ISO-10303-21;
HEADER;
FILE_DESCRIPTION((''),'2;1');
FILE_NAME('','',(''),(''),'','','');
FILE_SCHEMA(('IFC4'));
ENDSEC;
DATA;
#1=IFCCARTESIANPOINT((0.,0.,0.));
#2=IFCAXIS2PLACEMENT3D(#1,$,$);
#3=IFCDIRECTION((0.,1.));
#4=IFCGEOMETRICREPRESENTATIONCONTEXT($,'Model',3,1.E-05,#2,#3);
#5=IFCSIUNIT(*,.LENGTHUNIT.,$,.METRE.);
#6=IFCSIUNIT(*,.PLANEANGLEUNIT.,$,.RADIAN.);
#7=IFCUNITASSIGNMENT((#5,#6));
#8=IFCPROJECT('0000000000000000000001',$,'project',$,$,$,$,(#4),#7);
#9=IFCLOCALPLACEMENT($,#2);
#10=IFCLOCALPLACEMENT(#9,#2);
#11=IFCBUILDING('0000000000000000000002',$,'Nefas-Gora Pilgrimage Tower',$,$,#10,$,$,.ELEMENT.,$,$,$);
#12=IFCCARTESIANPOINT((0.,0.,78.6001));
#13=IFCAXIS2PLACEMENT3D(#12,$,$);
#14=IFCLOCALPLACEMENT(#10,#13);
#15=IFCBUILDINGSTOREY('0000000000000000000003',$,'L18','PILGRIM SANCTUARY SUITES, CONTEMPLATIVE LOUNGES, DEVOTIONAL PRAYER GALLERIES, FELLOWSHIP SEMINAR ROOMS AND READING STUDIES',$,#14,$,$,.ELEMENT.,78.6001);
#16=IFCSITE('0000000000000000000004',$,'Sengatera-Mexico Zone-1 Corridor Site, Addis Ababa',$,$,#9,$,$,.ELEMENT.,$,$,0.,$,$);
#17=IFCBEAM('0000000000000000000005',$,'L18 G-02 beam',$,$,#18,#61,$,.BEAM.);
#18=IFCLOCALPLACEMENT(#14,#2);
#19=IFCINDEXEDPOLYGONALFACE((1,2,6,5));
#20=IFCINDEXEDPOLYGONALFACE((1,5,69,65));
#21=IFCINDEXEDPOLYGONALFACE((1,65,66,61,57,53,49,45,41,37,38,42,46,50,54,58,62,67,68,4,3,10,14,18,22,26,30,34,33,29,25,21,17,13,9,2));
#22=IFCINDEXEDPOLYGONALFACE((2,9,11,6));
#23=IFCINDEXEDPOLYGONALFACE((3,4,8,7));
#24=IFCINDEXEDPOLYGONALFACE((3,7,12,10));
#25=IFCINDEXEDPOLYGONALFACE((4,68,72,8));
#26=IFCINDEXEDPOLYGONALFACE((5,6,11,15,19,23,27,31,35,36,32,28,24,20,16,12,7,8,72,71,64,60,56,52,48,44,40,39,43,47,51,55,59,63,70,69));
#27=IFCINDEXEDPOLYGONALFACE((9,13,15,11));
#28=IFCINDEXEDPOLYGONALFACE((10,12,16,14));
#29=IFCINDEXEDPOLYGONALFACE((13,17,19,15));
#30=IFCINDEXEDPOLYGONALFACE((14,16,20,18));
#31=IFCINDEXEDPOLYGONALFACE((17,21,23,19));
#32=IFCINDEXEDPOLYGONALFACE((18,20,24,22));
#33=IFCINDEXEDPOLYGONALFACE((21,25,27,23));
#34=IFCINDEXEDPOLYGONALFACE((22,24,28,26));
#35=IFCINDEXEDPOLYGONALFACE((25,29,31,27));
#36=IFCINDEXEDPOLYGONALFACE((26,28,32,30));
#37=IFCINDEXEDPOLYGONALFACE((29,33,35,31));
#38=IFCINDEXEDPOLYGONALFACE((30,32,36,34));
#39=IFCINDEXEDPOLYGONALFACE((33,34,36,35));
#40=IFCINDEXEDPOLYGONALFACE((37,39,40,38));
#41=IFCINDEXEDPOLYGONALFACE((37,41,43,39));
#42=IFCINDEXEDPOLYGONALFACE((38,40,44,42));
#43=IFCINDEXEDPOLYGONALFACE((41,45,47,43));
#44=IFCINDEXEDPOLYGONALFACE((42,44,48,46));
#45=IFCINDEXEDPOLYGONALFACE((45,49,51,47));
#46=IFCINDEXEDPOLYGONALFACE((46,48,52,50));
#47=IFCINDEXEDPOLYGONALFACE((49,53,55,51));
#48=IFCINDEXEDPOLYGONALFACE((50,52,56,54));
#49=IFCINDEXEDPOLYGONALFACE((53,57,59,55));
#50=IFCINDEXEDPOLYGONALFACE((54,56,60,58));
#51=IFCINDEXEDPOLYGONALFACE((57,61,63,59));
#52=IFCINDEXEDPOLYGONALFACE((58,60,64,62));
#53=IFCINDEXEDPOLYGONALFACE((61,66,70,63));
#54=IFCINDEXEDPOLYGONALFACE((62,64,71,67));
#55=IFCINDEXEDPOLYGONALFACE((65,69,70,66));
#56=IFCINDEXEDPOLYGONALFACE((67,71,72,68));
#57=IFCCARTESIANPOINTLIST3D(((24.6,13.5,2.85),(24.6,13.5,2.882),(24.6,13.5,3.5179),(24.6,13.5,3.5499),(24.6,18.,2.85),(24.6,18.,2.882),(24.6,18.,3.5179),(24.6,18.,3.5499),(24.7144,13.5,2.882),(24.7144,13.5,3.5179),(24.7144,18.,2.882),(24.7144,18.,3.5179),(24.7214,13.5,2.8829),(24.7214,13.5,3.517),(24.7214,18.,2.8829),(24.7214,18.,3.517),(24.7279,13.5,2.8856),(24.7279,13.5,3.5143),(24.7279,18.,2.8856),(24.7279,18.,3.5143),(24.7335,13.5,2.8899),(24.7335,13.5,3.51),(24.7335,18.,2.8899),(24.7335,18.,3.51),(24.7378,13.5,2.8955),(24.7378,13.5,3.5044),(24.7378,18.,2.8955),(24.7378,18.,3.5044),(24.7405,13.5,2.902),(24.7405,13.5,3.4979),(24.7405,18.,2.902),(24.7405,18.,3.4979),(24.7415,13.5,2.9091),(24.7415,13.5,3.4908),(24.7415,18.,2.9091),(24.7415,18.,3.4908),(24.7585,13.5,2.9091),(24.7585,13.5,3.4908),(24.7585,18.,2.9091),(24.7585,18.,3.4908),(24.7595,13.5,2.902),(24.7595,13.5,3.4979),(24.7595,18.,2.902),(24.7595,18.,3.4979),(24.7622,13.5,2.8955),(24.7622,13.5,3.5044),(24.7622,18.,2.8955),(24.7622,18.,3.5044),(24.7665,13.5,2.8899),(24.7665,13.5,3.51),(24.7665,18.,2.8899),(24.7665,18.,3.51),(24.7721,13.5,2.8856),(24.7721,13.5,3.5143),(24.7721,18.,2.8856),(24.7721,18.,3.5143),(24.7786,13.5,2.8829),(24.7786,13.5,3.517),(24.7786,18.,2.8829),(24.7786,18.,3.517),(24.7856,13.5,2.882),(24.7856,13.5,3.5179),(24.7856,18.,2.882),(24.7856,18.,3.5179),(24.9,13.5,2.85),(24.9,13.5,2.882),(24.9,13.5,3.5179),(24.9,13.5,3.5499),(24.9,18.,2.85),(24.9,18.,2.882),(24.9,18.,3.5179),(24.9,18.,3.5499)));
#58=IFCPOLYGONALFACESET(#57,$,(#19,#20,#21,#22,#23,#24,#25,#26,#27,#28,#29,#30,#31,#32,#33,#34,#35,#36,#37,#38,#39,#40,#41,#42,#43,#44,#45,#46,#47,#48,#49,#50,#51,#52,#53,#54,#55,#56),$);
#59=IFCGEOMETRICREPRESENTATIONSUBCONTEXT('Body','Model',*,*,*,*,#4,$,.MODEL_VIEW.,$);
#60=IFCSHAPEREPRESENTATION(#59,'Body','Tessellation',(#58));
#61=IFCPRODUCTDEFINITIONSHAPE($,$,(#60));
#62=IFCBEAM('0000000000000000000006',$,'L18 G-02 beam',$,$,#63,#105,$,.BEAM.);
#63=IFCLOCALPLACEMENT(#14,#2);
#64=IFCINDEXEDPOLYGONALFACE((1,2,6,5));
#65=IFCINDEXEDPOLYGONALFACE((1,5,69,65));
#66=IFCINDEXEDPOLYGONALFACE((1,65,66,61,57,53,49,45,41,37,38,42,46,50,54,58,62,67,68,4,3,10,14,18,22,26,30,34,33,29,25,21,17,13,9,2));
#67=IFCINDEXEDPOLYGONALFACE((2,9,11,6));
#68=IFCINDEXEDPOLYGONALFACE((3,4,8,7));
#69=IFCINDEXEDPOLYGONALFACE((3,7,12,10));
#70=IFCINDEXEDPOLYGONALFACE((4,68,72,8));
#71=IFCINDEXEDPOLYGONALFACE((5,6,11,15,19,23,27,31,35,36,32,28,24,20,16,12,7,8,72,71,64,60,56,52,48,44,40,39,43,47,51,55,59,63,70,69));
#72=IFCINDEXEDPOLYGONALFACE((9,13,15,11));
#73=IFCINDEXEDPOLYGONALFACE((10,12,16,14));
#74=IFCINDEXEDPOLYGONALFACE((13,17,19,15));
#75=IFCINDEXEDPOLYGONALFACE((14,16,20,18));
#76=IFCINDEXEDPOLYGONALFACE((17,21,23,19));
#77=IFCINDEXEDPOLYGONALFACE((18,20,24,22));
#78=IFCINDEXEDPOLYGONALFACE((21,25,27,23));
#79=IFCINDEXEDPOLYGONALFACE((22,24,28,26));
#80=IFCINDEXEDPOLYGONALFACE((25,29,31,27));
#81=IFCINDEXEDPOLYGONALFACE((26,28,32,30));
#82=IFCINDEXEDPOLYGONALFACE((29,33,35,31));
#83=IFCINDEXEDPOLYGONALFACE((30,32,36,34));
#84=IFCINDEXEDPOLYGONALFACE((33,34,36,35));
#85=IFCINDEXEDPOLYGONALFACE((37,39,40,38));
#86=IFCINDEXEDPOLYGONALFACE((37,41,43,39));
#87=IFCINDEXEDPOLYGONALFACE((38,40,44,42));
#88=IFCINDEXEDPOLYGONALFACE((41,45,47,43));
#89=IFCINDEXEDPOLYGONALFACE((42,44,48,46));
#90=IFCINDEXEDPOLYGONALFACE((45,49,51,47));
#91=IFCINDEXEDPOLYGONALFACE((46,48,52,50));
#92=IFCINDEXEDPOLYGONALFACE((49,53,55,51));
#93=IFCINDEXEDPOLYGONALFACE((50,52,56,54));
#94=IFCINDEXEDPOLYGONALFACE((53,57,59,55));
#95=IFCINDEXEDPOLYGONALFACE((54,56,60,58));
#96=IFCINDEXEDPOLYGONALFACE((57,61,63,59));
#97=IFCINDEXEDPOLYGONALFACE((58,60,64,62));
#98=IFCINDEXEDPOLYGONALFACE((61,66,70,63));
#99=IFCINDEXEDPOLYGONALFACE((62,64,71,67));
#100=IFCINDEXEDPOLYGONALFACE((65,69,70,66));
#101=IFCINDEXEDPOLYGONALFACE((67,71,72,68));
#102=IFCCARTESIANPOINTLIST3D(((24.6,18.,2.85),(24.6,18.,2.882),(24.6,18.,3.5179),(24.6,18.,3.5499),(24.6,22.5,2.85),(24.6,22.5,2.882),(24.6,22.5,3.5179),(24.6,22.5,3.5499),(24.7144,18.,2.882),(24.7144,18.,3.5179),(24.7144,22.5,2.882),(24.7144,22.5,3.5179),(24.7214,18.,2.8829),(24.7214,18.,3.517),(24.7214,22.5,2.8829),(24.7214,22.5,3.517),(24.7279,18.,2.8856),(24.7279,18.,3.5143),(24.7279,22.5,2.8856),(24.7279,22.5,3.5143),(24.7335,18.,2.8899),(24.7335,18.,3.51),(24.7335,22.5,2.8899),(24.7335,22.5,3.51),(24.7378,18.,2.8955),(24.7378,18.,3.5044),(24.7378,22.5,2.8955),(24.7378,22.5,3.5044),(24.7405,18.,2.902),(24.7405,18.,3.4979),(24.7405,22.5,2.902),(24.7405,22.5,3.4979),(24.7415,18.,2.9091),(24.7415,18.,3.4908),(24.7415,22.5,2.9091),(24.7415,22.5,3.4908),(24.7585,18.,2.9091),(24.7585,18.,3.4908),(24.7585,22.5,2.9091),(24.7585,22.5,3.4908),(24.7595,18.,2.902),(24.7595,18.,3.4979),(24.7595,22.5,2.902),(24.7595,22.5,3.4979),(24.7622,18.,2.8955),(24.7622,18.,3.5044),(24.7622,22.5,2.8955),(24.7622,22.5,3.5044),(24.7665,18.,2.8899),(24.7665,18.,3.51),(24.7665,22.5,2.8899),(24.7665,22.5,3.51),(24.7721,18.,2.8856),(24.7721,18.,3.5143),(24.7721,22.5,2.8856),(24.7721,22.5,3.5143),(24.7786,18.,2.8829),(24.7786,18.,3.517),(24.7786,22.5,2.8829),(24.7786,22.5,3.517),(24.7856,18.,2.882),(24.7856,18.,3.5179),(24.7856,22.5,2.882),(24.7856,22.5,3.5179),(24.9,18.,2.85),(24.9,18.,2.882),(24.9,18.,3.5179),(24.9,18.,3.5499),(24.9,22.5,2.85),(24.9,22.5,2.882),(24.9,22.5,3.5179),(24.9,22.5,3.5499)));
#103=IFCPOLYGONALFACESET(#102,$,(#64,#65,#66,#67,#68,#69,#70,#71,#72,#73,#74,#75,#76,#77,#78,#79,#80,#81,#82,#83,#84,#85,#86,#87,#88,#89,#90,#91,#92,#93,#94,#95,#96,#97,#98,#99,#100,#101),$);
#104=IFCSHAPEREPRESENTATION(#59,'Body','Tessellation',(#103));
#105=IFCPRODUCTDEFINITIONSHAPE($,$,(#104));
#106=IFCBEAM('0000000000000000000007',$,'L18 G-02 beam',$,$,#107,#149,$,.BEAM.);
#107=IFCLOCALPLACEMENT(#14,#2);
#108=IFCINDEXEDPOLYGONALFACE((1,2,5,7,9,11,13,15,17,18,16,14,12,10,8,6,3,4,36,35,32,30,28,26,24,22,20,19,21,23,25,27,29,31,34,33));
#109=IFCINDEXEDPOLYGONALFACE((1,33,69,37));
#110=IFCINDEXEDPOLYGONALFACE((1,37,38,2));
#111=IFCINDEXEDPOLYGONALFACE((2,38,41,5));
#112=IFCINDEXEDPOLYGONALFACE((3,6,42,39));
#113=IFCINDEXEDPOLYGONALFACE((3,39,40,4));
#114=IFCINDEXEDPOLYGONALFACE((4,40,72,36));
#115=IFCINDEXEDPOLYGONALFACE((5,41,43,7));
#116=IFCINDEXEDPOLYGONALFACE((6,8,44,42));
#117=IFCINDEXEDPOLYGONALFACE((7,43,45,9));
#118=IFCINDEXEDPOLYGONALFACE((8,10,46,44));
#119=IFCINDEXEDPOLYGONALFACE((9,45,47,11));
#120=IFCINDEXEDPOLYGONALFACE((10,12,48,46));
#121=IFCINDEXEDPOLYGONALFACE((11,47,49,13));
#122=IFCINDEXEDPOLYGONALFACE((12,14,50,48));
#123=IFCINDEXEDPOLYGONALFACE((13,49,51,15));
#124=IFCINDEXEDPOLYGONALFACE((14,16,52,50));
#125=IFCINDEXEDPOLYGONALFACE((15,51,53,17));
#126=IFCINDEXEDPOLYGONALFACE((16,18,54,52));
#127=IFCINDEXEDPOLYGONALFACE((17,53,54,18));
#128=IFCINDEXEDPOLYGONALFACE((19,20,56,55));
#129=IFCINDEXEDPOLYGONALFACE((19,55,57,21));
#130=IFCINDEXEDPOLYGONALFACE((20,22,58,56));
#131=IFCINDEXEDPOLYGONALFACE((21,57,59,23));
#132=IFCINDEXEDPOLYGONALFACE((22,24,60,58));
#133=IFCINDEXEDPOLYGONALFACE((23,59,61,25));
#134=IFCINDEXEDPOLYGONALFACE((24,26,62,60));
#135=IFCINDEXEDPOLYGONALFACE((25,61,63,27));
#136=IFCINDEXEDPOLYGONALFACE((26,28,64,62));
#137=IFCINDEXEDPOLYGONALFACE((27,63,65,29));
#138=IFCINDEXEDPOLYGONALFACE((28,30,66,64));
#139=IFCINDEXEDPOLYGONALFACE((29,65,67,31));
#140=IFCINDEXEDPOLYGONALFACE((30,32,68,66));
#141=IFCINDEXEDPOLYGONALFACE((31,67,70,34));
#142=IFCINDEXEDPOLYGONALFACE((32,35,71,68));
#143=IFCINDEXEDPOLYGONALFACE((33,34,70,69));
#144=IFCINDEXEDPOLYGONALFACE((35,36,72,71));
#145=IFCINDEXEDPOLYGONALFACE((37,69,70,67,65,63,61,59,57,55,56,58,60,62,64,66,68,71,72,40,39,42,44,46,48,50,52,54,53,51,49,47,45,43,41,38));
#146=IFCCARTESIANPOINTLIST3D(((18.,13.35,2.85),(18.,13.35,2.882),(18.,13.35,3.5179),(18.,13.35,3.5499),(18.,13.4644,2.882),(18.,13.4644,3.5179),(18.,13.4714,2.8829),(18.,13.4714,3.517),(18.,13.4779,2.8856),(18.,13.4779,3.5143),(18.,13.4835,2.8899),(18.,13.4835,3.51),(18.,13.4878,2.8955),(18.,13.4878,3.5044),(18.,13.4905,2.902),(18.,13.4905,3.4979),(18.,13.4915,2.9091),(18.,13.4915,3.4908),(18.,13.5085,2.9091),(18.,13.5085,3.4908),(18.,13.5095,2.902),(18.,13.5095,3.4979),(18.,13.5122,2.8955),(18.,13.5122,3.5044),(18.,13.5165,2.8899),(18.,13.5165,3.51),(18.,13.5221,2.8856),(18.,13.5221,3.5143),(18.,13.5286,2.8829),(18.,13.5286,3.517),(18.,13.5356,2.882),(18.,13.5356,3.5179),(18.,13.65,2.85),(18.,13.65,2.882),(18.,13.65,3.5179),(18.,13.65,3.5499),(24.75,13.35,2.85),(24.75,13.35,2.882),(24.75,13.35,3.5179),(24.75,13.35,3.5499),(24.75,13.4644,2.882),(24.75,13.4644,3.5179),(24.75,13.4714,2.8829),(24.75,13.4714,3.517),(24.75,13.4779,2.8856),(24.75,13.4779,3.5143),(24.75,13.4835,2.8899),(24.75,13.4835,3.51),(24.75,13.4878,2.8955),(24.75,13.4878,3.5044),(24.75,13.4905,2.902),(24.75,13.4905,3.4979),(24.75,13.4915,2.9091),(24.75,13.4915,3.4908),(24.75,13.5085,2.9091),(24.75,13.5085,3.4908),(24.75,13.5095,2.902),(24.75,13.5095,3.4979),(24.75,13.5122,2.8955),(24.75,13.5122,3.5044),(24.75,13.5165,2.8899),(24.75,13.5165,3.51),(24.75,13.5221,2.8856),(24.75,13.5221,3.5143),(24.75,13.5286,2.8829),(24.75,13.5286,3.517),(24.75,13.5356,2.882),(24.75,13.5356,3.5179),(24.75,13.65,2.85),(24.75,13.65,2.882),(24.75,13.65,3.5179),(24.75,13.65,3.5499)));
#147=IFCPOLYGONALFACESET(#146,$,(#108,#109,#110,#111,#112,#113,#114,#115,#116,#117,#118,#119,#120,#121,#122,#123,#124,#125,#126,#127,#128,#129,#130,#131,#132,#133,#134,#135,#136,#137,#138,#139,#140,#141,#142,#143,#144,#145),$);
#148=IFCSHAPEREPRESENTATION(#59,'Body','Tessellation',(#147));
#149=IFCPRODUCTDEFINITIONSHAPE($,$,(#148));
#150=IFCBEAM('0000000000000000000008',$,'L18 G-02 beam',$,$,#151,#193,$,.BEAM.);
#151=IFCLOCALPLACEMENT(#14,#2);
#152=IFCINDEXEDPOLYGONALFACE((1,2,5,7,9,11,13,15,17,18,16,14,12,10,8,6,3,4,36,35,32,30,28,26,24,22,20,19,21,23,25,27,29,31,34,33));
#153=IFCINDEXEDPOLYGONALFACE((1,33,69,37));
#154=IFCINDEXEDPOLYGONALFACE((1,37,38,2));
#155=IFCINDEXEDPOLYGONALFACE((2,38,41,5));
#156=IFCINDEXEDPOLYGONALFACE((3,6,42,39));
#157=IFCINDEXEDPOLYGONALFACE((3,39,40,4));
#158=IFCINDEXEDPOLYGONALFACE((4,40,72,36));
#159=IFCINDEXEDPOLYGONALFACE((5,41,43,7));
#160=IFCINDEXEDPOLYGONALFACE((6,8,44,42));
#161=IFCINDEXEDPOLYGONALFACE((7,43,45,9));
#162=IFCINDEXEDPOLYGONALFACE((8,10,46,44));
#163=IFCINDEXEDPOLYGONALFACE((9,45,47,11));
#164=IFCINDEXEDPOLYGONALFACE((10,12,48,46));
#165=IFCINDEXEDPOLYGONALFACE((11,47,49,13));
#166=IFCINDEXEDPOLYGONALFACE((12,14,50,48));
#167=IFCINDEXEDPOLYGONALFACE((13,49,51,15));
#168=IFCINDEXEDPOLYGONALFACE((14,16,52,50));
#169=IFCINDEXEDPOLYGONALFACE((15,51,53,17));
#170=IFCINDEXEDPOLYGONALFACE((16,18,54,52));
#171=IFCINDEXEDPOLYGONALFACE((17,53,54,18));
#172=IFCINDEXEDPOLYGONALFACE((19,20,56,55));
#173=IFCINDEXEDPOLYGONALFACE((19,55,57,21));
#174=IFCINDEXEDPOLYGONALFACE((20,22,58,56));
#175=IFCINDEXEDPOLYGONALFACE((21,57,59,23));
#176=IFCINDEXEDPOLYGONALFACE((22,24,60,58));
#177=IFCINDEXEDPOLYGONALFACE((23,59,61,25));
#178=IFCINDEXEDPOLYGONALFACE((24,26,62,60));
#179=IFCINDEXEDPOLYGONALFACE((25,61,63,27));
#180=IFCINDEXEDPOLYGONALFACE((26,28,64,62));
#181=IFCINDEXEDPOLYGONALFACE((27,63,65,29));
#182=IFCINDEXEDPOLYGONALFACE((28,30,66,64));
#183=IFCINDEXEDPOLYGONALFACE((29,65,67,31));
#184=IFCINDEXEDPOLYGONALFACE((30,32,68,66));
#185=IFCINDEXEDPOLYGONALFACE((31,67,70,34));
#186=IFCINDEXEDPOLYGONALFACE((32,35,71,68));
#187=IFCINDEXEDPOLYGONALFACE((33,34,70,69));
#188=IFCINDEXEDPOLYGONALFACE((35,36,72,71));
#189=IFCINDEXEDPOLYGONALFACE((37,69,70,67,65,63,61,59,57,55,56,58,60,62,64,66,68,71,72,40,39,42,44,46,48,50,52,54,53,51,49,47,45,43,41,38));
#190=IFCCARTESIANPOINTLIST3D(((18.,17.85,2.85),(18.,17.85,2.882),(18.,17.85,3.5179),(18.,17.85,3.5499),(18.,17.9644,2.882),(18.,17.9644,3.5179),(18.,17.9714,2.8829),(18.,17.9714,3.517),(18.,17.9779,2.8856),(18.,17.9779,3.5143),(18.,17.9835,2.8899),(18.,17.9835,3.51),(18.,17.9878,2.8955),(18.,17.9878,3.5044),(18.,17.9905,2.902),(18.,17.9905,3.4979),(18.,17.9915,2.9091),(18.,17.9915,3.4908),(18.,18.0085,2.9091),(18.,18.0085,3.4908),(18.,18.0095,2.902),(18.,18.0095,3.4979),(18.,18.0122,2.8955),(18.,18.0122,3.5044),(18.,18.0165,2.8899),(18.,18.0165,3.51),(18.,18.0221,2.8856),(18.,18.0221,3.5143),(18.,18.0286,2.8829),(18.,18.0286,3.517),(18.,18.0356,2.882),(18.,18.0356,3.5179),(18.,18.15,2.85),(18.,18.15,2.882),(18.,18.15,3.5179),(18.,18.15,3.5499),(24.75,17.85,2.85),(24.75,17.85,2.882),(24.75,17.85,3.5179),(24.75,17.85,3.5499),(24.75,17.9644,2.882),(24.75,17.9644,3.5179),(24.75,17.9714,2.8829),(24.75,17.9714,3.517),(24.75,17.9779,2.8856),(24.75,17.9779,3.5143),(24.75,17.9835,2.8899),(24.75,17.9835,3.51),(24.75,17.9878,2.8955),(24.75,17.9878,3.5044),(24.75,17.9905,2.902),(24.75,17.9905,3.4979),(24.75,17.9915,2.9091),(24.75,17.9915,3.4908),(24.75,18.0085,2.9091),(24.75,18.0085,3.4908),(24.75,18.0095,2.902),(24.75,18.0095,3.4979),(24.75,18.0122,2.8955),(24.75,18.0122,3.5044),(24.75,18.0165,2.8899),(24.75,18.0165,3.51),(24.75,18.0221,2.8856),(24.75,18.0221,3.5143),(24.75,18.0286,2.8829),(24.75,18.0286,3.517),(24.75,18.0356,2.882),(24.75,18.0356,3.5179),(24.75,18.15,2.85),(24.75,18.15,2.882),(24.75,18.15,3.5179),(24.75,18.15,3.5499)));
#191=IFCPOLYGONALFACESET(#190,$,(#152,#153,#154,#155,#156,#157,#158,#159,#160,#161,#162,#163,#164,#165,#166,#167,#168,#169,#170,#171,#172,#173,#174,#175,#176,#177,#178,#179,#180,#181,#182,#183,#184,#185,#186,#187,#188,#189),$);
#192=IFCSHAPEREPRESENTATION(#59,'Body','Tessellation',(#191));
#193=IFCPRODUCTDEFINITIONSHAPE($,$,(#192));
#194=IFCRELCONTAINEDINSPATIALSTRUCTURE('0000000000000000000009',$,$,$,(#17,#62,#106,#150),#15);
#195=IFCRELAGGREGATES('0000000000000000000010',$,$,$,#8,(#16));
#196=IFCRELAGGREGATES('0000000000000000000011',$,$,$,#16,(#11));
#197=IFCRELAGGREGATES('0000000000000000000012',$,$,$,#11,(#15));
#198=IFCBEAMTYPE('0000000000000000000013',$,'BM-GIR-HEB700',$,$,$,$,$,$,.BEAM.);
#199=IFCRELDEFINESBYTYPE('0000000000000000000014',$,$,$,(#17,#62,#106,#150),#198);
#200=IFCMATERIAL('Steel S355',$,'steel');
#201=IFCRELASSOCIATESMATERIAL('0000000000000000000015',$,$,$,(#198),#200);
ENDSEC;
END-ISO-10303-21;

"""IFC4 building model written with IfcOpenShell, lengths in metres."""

from ifc_helpers import new_model, si_unit, direction, frame, origin, origin_2d, place, context, subcontext, project, spatial, i_section, extrude, source, transform, mapped, material, material_profile, profile_set, type_object, element, save


model = new_model("IFC4")

# Units and contexts
model_context = context("Model", 3, precision=1e-05, world=origin(), true_north=direction((0.0, 1.0)))
body_context = subcontext(model_context, "Body", "Model", "MODEL_VIEW")
ifc_project = project(units=[si_unit("LENGTHUNIT", "METRE"), si_unit("PLANEANGLEUNIT", "RADIAN")], contexts=[model_context])

# Site, building, storey
site_placement = place(None, origin())
site = spatial("IfcSite", under=ifc_project, at=site_placement, Name="Sengatera-Mexico Zone-1 Corridor Site, Addis Ababa", CompositionType="ELEMENT", RefElevation=0.0)
building_placement = place(site_placement, origin())
building = spatial("IfcBuilding", under=site, at=building_placement, Name="Nefas-Gora Pilgrimage Tower", CompositionType="ELEMENT")
storey_placement = place(building_placement, frame((0.0, 0.0, 78.6001)))
storey = spatial("IfcBuildingStorey", under=building, at=storey_placement, Name="L18", Description="PILGRIM SANCTUARY SUITES, CONTEMPLATIVE LOUNGES, DEVOTIONAL PRAYER GALLERIES, FELLOWSHIP SEMINAR ROOMS AND READING STUDIES", CompositionType="ELEMENT", Elevation=78.6001)

# Beams
ifc_material_1 = material(Name="Steel S355", Category="steel")
ifc_material_profile_1 = material_profile(ifc_material_1, i_section(OverallWidth=0.3, OverallDepth=0.7, WebThickness=0.0171, FlangeThickness=0.032, FilletRadius=0.0271, at=origin_2d()), Name="HEB 700")
ifc_profile_set_1 = profile_set([ifc_material_profile_1], Name="Steel S355")
beam_type_1 = type_object("IfcBeamType", Name="BM-GIR-HEB700", PredefinedType="BEAM", material=ifc_profile_set_1)
shared_shape_1 = source(origin(), body_context, "Body", "SweptSolid", [
    extrude(i_section(OverallWidth=0.3, OverallDepth=0.7, WebThickness=0.0171, FlangeThickness=0.032, FilletRadius=0.0271, at=origin_2d()), origin(), (0.0, 0.0, 1.0), 4.5),
])
for number, where, z_axis, x_axis, name in (
    (1, (24.75, 13.5, 3.2), (0.0, 1.0, 0.0), (-1.0, 0.0, 0.0), "L18 G-02 beam"),
    (2, (24.75, 18.0, 3.2), (0.0, 1.0, 0.0), (-1.0, 0.0, 0.0), "L18 G-02 beam"),
):
    element("IfcBeam", number, at=place(storey_placement, frame(where, z_axis=z_axis, x_axis=x_axis)), inside=storey, type_object=beam_type_1, Name=name, PredefinedType="BEAM", context=body_context, shape_type="MappedRepresentation", body=[
        mapped(shared_shape_1, transform((0.0, 0.0, 0.0), x_axis=(1.0, 0.0, 0.0), y_axis=(0.0, 1.0, 0.0), z_axis=(0.0, 0.0, 1.0), scale=1.0)),
    ])
shared_shape_2 = source(origin(), body_context, "Body", "SweptSolid", [
    extrude(i_section(OverallWidth=0.3, OverallDepth=0.7, WebThickness=0.0171, FlangeThickness=0.032, FilletRadius=0.0271, at=origin_2d()), origin(), (0.0, 0.0, 1.0), 6.75),
])
for number, where, z_axis, x_axis, name in (
    (3, (18.0, 13.5, 3.2), (1.0, 0.0, 0.0), (0.0, 1.0, 0.0), "L18 G-02 beam"),
    (4, (18.0, 18.0, 3.2), (1.0, 0.0, 0.0), (0.0, 1.0, 0.0), "L18 G-02 beam"),
):
    element("IfcBeam", number, at=place(storey_placement, frame(where, z_axis=z_axis, x_axis=x_axis)), inside=storey, type_object=beam_type_1, Name=name, PredefinedType="BEAM", context=body_context, shape_type="MappedRepresentation", body=[
        mapped(shared_shape_2, transform((0.0, 0.0, 0.0), x_axis=(1.0, 0.0, 0.0), y_axis=(0.0, 1.0, 0.0), z_axis=(0.0, 0.0, 1.0), scale=1.0)),
    ])

save(model, "model.ifc")
